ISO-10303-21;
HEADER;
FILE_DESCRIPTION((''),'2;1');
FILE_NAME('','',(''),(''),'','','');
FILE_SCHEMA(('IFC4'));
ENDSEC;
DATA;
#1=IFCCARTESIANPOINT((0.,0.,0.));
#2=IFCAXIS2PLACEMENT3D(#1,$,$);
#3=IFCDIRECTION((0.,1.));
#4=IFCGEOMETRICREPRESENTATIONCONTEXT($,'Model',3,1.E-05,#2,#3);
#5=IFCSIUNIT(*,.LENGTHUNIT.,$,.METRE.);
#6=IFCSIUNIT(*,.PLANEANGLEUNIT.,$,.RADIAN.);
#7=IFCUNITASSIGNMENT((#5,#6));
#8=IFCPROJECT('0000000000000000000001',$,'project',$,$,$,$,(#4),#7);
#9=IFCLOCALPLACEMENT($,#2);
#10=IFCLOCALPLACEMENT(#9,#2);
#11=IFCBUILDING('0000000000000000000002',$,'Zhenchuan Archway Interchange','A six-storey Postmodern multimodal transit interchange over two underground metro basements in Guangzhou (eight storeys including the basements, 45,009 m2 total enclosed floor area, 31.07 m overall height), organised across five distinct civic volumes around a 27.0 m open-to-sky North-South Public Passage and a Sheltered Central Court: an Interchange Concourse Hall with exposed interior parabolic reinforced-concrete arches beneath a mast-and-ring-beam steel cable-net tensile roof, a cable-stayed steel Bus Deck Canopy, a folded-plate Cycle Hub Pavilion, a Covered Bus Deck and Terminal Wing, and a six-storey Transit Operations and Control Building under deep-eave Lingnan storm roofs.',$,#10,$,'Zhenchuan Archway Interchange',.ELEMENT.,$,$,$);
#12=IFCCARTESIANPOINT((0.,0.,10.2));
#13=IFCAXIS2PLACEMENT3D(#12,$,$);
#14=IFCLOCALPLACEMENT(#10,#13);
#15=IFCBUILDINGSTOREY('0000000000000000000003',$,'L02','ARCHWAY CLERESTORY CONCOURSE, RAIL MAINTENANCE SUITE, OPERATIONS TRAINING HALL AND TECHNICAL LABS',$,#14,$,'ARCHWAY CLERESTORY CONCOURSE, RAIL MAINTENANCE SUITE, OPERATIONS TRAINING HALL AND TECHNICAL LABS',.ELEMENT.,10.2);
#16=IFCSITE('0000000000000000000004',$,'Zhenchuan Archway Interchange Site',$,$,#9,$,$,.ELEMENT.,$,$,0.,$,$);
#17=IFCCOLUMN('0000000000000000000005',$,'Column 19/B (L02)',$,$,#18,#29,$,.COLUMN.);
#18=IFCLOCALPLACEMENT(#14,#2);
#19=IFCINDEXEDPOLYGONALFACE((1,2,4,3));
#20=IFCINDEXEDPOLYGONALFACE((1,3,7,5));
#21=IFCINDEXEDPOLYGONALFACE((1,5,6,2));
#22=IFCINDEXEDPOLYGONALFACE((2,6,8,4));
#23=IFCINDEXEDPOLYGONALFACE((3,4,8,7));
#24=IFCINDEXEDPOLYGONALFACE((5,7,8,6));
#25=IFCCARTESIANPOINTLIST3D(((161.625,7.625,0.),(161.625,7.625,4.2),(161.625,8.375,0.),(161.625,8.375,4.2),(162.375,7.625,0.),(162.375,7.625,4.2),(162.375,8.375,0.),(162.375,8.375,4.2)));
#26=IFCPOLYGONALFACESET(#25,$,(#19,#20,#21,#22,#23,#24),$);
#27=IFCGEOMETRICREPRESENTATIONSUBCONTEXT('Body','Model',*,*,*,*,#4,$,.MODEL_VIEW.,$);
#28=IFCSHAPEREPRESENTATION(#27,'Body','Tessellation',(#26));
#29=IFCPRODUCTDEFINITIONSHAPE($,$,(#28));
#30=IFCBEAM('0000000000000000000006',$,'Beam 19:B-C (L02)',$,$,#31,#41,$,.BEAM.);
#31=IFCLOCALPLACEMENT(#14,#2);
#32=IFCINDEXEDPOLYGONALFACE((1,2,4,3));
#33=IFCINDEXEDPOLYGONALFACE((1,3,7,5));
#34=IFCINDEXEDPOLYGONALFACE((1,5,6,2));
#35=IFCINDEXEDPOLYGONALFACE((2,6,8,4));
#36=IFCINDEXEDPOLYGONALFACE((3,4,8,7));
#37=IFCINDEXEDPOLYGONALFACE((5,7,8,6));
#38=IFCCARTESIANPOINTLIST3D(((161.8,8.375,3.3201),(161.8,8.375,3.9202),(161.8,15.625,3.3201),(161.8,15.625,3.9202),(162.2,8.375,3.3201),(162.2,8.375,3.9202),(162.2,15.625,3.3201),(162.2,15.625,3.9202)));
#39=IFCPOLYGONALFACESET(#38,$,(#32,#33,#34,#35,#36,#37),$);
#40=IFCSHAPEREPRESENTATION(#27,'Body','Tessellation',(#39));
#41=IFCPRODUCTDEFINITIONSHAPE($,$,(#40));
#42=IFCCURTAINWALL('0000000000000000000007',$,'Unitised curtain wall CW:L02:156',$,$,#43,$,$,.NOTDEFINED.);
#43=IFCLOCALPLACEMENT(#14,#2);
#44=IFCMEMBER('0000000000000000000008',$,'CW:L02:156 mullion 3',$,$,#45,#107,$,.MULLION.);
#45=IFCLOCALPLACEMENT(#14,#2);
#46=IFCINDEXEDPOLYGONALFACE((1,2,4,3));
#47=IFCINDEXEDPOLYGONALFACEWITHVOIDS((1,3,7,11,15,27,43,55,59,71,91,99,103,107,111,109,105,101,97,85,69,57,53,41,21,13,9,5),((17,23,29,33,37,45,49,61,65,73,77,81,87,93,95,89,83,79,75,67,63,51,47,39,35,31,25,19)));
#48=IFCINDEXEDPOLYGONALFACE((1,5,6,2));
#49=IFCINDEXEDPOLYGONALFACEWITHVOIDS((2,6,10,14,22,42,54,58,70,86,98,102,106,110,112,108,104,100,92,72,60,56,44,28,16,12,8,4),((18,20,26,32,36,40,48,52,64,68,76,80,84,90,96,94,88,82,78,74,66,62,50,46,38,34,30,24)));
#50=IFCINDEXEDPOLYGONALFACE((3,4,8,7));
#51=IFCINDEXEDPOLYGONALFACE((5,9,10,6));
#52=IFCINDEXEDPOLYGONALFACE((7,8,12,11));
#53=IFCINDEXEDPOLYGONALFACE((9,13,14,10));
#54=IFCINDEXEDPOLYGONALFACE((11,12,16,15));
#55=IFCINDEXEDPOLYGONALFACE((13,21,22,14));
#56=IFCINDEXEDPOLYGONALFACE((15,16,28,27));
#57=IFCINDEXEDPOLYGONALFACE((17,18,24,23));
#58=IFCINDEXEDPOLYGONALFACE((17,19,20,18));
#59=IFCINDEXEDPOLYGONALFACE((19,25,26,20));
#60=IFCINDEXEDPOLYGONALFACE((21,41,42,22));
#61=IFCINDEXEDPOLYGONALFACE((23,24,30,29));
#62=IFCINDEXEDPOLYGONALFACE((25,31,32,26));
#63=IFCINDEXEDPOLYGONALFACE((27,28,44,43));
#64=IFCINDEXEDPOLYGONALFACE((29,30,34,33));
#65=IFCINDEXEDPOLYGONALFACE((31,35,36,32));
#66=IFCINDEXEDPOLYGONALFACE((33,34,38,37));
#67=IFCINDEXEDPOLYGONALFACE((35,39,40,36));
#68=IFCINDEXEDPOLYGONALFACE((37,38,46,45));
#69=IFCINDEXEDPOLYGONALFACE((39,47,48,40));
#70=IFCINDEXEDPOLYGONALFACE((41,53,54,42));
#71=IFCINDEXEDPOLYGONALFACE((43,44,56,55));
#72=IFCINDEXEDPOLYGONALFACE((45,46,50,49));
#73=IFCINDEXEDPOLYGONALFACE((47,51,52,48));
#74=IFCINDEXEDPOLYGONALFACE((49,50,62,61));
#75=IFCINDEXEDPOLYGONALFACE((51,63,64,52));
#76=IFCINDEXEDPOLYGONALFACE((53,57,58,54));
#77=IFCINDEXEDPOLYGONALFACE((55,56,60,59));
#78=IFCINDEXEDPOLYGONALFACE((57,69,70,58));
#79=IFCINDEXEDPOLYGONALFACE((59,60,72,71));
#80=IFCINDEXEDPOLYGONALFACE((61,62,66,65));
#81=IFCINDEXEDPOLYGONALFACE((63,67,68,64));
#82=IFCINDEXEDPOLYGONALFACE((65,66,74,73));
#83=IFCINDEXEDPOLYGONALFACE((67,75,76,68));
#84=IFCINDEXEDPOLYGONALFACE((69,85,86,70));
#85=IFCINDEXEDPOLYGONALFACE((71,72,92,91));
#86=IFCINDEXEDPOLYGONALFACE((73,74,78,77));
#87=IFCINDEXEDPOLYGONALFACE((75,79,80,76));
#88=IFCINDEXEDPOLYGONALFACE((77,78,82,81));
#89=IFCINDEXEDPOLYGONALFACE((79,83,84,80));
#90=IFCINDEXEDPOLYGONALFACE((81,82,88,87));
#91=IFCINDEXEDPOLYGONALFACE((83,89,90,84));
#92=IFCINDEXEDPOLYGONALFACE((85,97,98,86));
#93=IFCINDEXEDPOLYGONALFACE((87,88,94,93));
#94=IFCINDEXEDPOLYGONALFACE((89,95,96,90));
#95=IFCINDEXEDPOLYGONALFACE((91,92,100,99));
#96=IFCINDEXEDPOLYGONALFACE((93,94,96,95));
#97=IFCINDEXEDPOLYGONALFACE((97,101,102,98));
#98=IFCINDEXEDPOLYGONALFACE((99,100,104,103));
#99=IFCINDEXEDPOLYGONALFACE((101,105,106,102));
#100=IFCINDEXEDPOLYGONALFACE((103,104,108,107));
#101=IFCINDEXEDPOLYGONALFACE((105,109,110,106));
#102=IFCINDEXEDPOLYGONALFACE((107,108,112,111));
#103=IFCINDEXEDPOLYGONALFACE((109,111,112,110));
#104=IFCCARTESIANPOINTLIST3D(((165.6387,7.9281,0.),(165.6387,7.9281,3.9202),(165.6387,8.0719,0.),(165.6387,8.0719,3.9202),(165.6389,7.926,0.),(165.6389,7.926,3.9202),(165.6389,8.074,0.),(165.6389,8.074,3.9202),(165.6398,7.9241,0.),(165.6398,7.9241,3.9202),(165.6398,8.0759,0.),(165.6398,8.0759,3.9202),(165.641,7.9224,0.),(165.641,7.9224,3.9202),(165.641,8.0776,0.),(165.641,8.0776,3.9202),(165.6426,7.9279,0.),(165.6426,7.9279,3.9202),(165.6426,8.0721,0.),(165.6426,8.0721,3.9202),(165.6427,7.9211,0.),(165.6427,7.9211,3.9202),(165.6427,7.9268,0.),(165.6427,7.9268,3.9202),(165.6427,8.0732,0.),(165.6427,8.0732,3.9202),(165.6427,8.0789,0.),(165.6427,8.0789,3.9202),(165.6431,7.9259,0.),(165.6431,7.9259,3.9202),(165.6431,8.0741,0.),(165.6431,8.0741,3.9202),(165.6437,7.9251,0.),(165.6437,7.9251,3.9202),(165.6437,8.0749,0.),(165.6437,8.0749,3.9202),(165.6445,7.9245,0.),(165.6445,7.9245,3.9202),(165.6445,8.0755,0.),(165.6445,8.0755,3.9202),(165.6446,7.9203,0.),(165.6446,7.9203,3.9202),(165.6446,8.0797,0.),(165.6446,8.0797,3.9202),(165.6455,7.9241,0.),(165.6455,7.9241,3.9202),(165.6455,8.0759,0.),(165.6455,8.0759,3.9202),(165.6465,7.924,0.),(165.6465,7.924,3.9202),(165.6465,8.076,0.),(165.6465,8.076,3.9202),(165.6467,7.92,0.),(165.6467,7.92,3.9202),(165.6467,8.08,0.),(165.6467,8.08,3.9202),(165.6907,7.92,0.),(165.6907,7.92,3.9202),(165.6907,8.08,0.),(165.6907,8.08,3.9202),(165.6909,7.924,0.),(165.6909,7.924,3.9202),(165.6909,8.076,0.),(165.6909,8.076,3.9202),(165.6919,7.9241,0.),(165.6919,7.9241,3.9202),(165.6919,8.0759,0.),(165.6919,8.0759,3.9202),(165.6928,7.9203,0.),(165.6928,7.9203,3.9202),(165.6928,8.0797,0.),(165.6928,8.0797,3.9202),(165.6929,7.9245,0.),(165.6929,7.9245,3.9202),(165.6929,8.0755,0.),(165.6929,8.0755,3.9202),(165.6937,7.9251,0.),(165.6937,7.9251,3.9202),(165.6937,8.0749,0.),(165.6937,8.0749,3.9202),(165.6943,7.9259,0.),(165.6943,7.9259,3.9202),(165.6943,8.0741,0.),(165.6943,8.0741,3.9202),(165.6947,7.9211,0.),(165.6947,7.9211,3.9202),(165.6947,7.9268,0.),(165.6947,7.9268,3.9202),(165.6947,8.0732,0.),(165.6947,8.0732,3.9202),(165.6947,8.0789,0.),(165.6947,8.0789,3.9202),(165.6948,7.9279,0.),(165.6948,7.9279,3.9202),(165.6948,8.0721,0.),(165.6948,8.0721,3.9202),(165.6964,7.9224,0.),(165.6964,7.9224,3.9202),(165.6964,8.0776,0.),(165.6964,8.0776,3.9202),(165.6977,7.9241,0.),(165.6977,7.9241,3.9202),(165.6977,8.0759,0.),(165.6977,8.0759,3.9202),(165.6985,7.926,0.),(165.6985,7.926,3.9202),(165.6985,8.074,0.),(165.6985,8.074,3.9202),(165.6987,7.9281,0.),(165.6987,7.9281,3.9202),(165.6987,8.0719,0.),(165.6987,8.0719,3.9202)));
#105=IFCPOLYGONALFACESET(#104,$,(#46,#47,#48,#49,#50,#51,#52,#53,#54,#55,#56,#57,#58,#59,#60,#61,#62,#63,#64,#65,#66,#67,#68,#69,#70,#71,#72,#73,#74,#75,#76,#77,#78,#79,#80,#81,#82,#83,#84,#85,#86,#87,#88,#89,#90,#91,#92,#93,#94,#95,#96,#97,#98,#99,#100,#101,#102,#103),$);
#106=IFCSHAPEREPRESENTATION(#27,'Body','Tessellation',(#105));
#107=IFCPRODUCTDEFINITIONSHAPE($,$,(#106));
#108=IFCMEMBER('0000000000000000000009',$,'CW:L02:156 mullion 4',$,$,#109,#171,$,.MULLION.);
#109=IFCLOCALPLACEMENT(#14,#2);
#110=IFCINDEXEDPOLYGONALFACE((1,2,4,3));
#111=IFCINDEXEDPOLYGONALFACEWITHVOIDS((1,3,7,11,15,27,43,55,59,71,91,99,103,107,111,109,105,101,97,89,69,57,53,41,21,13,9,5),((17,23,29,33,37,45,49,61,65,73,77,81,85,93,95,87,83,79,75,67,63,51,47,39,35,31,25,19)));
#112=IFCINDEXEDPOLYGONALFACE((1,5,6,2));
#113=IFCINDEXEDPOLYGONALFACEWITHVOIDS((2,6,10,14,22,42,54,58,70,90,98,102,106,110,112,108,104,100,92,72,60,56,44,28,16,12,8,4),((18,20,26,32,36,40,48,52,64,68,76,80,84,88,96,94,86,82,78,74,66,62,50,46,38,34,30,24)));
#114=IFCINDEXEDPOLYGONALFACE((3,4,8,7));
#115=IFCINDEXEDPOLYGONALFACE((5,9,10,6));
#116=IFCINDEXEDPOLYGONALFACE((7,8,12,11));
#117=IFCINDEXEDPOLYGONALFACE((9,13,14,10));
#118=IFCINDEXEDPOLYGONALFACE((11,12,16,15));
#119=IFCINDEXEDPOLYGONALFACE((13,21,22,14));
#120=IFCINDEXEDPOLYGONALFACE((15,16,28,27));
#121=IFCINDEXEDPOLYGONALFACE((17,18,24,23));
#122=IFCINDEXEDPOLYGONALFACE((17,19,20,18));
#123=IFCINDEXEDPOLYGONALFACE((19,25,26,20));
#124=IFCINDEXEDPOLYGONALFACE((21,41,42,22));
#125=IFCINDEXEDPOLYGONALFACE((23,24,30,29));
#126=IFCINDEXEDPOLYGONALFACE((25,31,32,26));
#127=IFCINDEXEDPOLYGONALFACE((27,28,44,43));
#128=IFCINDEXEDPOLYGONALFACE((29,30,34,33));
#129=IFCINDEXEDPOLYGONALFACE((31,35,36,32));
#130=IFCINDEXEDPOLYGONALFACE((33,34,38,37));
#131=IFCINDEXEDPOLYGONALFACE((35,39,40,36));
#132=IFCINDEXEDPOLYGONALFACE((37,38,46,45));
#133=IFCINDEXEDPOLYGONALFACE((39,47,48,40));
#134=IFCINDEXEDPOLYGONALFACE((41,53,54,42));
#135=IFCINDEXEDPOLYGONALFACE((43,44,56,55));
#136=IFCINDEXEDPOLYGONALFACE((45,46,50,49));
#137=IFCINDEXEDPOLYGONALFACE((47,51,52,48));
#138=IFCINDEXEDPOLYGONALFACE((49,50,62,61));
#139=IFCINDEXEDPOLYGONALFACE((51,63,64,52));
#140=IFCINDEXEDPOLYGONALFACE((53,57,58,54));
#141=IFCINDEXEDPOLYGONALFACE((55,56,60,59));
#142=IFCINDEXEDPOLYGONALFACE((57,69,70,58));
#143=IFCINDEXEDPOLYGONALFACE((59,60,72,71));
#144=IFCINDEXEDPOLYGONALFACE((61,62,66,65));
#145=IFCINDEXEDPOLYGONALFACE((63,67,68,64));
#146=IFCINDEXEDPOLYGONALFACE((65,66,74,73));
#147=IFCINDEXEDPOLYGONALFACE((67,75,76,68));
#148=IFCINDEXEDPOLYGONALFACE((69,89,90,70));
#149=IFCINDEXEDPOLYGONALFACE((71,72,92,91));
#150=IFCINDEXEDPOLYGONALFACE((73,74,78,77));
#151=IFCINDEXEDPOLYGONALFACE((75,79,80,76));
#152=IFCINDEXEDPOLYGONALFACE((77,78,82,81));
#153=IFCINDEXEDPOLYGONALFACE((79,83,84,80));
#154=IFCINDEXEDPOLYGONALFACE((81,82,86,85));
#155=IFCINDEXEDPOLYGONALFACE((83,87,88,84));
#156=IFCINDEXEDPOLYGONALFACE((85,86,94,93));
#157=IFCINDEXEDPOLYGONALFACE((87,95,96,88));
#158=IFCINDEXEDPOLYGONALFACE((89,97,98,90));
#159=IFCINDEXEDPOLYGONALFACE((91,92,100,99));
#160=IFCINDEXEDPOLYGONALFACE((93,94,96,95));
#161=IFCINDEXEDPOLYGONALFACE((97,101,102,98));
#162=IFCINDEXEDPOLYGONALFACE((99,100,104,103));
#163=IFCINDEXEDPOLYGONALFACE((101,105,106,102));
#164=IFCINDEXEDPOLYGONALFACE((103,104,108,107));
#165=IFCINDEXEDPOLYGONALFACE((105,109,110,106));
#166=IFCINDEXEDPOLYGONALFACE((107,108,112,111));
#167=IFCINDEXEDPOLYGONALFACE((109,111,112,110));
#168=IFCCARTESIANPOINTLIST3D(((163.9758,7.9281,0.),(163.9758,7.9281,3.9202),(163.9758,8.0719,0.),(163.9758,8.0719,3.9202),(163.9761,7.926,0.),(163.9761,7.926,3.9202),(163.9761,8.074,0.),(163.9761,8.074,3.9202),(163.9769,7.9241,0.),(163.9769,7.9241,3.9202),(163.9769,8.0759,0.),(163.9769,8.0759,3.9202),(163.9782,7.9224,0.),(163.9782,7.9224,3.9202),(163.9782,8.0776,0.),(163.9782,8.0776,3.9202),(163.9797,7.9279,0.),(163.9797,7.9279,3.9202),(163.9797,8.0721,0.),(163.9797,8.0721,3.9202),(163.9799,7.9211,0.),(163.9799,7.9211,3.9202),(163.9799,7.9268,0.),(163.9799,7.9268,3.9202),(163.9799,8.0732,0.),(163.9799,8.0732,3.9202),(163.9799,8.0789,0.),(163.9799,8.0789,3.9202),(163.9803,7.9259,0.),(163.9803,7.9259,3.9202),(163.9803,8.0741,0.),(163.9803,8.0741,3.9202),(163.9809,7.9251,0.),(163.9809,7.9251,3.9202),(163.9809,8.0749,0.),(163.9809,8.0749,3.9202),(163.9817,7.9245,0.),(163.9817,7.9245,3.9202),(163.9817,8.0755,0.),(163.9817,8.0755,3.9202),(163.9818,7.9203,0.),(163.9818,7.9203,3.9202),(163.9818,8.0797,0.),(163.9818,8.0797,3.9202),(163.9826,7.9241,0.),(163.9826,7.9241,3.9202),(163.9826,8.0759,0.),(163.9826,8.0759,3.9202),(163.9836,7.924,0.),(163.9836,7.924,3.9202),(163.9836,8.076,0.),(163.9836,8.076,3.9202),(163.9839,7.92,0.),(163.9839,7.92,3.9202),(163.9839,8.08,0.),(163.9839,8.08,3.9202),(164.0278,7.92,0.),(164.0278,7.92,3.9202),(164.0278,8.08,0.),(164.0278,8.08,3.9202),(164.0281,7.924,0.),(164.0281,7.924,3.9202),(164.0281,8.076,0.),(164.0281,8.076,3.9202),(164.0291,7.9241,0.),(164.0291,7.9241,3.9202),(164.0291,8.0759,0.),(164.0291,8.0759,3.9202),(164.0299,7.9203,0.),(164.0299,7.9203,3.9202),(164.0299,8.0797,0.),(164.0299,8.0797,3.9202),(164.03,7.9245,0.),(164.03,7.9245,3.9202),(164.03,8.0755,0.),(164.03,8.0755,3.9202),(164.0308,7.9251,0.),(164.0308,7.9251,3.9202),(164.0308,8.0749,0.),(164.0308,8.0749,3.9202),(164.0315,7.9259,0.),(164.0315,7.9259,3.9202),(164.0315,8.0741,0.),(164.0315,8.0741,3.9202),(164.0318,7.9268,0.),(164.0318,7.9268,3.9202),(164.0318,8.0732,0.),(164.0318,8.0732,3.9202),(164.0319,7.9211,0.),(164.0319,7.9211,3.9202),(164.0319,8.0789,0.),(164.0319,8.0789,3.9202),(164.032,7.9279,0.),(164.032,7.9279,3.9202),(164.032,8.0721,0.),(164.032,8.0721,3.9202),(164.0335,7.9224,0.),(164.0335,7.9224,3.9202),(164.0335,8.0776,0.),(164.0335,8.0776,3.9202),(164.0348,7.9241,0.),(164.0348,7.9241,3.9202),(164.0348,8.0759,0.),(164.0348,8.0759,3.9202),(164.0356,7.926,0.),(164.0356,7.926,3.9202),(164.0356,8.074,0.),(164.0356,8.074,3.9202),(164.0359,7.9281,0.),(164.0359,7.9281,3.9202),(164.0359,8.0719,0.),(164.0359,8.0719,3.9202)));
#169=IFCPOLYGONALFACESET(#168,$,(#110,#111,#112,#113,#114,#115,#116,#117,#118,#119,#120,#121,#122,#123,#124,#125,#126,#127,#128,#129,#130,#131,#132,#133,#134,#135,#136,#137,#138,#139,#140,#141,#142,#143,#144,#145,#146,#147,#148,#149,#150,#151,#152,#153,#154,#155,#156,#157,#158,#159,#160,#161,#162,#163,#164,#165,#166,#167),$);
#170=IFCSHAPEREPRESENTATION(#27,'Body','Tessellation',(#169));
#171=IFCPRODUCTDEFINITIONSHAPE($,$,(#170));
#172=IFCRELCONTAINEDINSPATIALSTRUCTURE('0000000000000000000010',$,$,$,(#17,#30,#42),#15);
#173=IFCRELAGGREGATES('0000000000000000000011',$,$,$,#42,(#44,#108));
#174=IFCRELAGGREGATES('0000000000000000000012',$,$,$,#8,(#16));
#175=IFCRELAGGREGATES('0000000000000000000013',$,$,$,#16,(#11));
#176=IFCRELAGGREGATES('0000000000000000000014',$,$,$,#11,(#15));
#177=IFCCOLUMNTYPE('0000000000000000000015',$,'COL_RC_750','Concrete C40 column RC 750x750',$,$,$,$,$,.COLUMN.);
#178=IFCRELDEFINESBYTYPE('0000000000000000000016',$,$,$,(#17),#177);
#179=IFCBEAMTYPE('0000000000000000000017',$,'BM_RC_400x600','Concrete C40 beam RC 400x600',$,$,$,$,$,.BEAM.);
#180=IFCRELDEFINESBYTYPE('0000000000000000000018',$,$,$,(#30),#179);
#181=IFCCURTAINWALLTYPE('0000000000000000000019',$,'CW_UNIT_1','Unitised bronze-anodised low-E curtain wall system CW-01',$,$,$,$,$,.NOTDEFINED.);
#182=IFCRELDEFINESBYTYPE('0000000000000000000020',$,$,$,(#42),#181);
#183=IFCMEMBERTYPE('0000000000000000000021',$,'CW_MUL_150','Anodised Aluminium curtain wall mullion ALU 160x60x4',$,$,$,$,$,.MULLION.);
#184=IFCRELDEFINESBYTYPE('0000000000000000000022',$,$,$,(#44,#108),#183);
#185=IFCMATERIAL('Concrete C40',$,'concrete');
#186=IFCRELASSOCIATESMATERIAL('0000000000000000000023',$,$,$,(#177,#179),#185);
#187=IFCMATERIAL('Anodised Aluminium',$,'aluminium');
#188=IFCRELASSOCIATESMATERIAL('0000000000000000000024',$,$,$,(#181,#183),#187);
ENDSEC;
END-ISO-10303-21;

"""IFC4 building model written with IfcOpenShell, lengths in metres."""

from ifc_helpers import new_model, si_unit, direction, frame, origin, origin_2d, place, context, subcontext, project, spatial, rectangle, hollow_rectangle, extrude, material, material_profile, profile_set, type_object, element, aggregate, save


model = new_model("IFC4")

# Units and contexts
model_context = context("Model", 3, precision=1e-05, world=origin(), true_north=direction((0.0, 1.0)))
body_context = subcontext(model_context, "Body", "Model", "MODEL_VIEW")
ifc_project = project(units=[si_unit("LENGTHUNIT", "METRE"), si_unit("PLANEANGLEUNIT", "RADIAN")], contexts=[model_context])

# Site, building, storey
site_placement = place(None, origin())
site = spatial("IfcSite", under=ifc_project, at=site_placement, Name="Zhenchuan Archway Interchange Site", CompositionType="ELEMENT", RefElevation=0.0)
building_placement = place(site_placement, origin())
building = spatial("IfcBuilding", under=site, at=building_placement, Name="Zhenchuan Archway Interchange", Description="A six-storey Postmodern multimodal transit interchange over two underground metro basements in Guangzhou (eight storeys including the basements, 45,009 m2 total enclosed floor area, 31.07 m overall height), organised across five distinct civic volumes around a 27.0 m open-to-sky North-South Public Passage and a Sheltered Central Court: an Interchange Concourse Hall with exposed interior parabolic reinforced-concrete arches beneath a mast-and-ring-beam steel cable-net tensile roof, a cable-stayed steel Bus Deck Canopy, a folded-plate Cycle Hub Pavilion, a Covered Bus Deck and Terminal Wing, and a six-storey Transit Operations and Control Building under deep-eave Lingnan storm roofs.", LongName="Zhenchuan Archway Interchange", CompositionType="ELEMENT")
storey_placement = place(building_placement, frame((0.0, 0.0, 10.2)))
storey = spatial("IfcBuildingStorey", under=building, at=storey_placement, Name="L02", Description="ARCHWAY CLERESTORY CONCOURSE, RAIL MAINTENANCE SUITE, OPERATIONS TRAINING HALL AND TECHNICAL LABS", LongName="ARCHWAY CLERESTORY CONCOURSE, RAIL MAINTENANCE SUITE, OPERATIONS TRAINING HALL AND TECHNICAL LABS", CompositionType="ELEMENT", Elevation=10.2)

# Column
ifc_material_1 = material(Name="Concrete C40", Category="concrete")
ifc_material_profile_1 = material_profile(ifc_material_1, rectangle(XDim=0.75, YDim=0.75, at=origin_2d()), Name="RC 750x750")
ifc_profile_set_1 = profile_set([ifc_material_profile_1], Name="Concrete C40")
column_type = type_object("IfcColumnType", Name="COL_RC_750", Description="Concrete C40 column RC 750x750", PredefinedType="COLUMN", material=ifc_profile_set_1)
column_placement = place(storey_placement, frame((162.0, 8.0, 0.0), z_axis=(0.0, 0.0, 1.0), x_axis=(1.0, 0.0, 0.0)))
element("IfcColumn", 1, at=column_placement, inside=storey, type_object=column_type, Name="Column 19/B (L02)", PredefinedType="COLUMN", context=body_context, shape_type="SweptSolid", body=[
    extrude(rectangle(XDim=0.75, YDim=0.75, at=origin_2d()), origin(), (0.0, 0.0, 1.0), 4.2),
])

# Beam
ifc_material_profile_2 = material_profile(ifc_material_1, rectangle(XDim=0.3999, YDim=0.6001, at=origin_2d()), Name="RC 400x600")
ifc_profile_set_2 = profile_set([ifc_material_profile_2], Name="Concrete C40")
beam_type_1 = type_object("IfcBeamType", Name="BM_RC_400x600", Description="Concrete C40 beam RC 400x600", PredefinedType="BEAM", material=ifc_profile_set_2)
beam_1_placement = place(storey_placement, frame((162.0, 8.375, 3.6201), z_axis=(0.0, 1.0, 0.0), x_axis=(-1.0, 0.0, 0.0)))
element("IfcBeam", 2, at=beam_1_placement, inside=storey, type_object=beam_type_1, Name="Beam 19:B-C (L02)", PredefinedType="BEAM", context=body_context, shape_type="SweptSolid", body=[
    extrude(rectangle(XDim=0.3999, YDim=0.6001, at=origin_2d()), origin(), (0.0, 0.0, 1.0), 7.25),
])

# Curtain wall, members
ifc_material_2 = material(Name="Anodised Aluminium", Category="aluminium")
curtain_wall_type = type_object("IfcCurtainWallType", Name="CW_UNIT_1", Description="Unitised bronze-anodised low-E curtain wall system CW-01", PredefinedType="NOTDEFINED", material=ifc_material_2)
curtain_wall_placement = place(storey_placement, origin())
curtain_wall = element("IfcCurtainWall", 3, at=curtain_wall_placement, inside=storey, type_object=curtain_wall_type, Name="Unitised curtain wall CW:L02:156", PredefinedType="NOTDEFINED")
ifc_material_profile_3 = material_profile(ifc_material_2, hollow_rectangle(XDim=0.0601, YDim=0.1599, WallThickness=0.0039, InnerFilletRadius=0.0039, OuterFilletRadius=0.0081, at=origin_2d()), Name="ALU 160x60x4")
ifc_profile_set_3 = profile_set([ifc_material_profile_3], Name="Anodised Aluminium")
member_type_1 = type_object("IfcMemberType", Name="CW_MUL_150", Description="Anodised Aluminium curtain wall mullion ALU 160x60x4", PredefinedType="MULLION", material=ifc_profile_set_3)
member_1_placement = place(storey_placement, frame((165.6687, 8.0, 0.0), z_axis=(0.0, 0.0, 1.0), x_axis=(1.0, 0.0, 0.0)))
member_1 = element("IfcMember", 4, at=member_1_placement, type_object=member_type_1, Name="CW:L02:156 mullion 3", PredefinedType="MULLION", context=body_context, shape_type="SweptSolid", body=[
    extrude(hollow_rectangle(XDim=0.0601, YDim=0.1599, WallThickness=0.0039, InnerFilletRadius=0.0039, OuterFilletRadius=0.0081, at=origin_2d()), origin(), (0.0, 0.0, 1.0), 3.9202),
])
member_2_placement = place(storey_placement, frame((164.0059, 8.0, 0.0), z_axis=(0.0, 0.0, 1.0), x_axis=(1.0, 0.0, 0.0)))
member_2 = element("IfcMember", 5, at=member_2_placement, type_object=member_type_1, Name="CW:L02:156 mullion 4", PredefinedType="MULLION", context=body_context, shape_type="SweptSolid", body=[
    extrude(hollow_rectangle(XDim=0.0601, YDim=0.1599, WallThickness=0.0039, InnerFilletRadius=0.0039, OuterFilletRadius=0.0081, at=origin_2d()), origin(), (0.0, 0.0, 1.0), 3.9202),
])

aggregate(curtain_wall, [member_1, member_2])

save(model, "model.ifc")
